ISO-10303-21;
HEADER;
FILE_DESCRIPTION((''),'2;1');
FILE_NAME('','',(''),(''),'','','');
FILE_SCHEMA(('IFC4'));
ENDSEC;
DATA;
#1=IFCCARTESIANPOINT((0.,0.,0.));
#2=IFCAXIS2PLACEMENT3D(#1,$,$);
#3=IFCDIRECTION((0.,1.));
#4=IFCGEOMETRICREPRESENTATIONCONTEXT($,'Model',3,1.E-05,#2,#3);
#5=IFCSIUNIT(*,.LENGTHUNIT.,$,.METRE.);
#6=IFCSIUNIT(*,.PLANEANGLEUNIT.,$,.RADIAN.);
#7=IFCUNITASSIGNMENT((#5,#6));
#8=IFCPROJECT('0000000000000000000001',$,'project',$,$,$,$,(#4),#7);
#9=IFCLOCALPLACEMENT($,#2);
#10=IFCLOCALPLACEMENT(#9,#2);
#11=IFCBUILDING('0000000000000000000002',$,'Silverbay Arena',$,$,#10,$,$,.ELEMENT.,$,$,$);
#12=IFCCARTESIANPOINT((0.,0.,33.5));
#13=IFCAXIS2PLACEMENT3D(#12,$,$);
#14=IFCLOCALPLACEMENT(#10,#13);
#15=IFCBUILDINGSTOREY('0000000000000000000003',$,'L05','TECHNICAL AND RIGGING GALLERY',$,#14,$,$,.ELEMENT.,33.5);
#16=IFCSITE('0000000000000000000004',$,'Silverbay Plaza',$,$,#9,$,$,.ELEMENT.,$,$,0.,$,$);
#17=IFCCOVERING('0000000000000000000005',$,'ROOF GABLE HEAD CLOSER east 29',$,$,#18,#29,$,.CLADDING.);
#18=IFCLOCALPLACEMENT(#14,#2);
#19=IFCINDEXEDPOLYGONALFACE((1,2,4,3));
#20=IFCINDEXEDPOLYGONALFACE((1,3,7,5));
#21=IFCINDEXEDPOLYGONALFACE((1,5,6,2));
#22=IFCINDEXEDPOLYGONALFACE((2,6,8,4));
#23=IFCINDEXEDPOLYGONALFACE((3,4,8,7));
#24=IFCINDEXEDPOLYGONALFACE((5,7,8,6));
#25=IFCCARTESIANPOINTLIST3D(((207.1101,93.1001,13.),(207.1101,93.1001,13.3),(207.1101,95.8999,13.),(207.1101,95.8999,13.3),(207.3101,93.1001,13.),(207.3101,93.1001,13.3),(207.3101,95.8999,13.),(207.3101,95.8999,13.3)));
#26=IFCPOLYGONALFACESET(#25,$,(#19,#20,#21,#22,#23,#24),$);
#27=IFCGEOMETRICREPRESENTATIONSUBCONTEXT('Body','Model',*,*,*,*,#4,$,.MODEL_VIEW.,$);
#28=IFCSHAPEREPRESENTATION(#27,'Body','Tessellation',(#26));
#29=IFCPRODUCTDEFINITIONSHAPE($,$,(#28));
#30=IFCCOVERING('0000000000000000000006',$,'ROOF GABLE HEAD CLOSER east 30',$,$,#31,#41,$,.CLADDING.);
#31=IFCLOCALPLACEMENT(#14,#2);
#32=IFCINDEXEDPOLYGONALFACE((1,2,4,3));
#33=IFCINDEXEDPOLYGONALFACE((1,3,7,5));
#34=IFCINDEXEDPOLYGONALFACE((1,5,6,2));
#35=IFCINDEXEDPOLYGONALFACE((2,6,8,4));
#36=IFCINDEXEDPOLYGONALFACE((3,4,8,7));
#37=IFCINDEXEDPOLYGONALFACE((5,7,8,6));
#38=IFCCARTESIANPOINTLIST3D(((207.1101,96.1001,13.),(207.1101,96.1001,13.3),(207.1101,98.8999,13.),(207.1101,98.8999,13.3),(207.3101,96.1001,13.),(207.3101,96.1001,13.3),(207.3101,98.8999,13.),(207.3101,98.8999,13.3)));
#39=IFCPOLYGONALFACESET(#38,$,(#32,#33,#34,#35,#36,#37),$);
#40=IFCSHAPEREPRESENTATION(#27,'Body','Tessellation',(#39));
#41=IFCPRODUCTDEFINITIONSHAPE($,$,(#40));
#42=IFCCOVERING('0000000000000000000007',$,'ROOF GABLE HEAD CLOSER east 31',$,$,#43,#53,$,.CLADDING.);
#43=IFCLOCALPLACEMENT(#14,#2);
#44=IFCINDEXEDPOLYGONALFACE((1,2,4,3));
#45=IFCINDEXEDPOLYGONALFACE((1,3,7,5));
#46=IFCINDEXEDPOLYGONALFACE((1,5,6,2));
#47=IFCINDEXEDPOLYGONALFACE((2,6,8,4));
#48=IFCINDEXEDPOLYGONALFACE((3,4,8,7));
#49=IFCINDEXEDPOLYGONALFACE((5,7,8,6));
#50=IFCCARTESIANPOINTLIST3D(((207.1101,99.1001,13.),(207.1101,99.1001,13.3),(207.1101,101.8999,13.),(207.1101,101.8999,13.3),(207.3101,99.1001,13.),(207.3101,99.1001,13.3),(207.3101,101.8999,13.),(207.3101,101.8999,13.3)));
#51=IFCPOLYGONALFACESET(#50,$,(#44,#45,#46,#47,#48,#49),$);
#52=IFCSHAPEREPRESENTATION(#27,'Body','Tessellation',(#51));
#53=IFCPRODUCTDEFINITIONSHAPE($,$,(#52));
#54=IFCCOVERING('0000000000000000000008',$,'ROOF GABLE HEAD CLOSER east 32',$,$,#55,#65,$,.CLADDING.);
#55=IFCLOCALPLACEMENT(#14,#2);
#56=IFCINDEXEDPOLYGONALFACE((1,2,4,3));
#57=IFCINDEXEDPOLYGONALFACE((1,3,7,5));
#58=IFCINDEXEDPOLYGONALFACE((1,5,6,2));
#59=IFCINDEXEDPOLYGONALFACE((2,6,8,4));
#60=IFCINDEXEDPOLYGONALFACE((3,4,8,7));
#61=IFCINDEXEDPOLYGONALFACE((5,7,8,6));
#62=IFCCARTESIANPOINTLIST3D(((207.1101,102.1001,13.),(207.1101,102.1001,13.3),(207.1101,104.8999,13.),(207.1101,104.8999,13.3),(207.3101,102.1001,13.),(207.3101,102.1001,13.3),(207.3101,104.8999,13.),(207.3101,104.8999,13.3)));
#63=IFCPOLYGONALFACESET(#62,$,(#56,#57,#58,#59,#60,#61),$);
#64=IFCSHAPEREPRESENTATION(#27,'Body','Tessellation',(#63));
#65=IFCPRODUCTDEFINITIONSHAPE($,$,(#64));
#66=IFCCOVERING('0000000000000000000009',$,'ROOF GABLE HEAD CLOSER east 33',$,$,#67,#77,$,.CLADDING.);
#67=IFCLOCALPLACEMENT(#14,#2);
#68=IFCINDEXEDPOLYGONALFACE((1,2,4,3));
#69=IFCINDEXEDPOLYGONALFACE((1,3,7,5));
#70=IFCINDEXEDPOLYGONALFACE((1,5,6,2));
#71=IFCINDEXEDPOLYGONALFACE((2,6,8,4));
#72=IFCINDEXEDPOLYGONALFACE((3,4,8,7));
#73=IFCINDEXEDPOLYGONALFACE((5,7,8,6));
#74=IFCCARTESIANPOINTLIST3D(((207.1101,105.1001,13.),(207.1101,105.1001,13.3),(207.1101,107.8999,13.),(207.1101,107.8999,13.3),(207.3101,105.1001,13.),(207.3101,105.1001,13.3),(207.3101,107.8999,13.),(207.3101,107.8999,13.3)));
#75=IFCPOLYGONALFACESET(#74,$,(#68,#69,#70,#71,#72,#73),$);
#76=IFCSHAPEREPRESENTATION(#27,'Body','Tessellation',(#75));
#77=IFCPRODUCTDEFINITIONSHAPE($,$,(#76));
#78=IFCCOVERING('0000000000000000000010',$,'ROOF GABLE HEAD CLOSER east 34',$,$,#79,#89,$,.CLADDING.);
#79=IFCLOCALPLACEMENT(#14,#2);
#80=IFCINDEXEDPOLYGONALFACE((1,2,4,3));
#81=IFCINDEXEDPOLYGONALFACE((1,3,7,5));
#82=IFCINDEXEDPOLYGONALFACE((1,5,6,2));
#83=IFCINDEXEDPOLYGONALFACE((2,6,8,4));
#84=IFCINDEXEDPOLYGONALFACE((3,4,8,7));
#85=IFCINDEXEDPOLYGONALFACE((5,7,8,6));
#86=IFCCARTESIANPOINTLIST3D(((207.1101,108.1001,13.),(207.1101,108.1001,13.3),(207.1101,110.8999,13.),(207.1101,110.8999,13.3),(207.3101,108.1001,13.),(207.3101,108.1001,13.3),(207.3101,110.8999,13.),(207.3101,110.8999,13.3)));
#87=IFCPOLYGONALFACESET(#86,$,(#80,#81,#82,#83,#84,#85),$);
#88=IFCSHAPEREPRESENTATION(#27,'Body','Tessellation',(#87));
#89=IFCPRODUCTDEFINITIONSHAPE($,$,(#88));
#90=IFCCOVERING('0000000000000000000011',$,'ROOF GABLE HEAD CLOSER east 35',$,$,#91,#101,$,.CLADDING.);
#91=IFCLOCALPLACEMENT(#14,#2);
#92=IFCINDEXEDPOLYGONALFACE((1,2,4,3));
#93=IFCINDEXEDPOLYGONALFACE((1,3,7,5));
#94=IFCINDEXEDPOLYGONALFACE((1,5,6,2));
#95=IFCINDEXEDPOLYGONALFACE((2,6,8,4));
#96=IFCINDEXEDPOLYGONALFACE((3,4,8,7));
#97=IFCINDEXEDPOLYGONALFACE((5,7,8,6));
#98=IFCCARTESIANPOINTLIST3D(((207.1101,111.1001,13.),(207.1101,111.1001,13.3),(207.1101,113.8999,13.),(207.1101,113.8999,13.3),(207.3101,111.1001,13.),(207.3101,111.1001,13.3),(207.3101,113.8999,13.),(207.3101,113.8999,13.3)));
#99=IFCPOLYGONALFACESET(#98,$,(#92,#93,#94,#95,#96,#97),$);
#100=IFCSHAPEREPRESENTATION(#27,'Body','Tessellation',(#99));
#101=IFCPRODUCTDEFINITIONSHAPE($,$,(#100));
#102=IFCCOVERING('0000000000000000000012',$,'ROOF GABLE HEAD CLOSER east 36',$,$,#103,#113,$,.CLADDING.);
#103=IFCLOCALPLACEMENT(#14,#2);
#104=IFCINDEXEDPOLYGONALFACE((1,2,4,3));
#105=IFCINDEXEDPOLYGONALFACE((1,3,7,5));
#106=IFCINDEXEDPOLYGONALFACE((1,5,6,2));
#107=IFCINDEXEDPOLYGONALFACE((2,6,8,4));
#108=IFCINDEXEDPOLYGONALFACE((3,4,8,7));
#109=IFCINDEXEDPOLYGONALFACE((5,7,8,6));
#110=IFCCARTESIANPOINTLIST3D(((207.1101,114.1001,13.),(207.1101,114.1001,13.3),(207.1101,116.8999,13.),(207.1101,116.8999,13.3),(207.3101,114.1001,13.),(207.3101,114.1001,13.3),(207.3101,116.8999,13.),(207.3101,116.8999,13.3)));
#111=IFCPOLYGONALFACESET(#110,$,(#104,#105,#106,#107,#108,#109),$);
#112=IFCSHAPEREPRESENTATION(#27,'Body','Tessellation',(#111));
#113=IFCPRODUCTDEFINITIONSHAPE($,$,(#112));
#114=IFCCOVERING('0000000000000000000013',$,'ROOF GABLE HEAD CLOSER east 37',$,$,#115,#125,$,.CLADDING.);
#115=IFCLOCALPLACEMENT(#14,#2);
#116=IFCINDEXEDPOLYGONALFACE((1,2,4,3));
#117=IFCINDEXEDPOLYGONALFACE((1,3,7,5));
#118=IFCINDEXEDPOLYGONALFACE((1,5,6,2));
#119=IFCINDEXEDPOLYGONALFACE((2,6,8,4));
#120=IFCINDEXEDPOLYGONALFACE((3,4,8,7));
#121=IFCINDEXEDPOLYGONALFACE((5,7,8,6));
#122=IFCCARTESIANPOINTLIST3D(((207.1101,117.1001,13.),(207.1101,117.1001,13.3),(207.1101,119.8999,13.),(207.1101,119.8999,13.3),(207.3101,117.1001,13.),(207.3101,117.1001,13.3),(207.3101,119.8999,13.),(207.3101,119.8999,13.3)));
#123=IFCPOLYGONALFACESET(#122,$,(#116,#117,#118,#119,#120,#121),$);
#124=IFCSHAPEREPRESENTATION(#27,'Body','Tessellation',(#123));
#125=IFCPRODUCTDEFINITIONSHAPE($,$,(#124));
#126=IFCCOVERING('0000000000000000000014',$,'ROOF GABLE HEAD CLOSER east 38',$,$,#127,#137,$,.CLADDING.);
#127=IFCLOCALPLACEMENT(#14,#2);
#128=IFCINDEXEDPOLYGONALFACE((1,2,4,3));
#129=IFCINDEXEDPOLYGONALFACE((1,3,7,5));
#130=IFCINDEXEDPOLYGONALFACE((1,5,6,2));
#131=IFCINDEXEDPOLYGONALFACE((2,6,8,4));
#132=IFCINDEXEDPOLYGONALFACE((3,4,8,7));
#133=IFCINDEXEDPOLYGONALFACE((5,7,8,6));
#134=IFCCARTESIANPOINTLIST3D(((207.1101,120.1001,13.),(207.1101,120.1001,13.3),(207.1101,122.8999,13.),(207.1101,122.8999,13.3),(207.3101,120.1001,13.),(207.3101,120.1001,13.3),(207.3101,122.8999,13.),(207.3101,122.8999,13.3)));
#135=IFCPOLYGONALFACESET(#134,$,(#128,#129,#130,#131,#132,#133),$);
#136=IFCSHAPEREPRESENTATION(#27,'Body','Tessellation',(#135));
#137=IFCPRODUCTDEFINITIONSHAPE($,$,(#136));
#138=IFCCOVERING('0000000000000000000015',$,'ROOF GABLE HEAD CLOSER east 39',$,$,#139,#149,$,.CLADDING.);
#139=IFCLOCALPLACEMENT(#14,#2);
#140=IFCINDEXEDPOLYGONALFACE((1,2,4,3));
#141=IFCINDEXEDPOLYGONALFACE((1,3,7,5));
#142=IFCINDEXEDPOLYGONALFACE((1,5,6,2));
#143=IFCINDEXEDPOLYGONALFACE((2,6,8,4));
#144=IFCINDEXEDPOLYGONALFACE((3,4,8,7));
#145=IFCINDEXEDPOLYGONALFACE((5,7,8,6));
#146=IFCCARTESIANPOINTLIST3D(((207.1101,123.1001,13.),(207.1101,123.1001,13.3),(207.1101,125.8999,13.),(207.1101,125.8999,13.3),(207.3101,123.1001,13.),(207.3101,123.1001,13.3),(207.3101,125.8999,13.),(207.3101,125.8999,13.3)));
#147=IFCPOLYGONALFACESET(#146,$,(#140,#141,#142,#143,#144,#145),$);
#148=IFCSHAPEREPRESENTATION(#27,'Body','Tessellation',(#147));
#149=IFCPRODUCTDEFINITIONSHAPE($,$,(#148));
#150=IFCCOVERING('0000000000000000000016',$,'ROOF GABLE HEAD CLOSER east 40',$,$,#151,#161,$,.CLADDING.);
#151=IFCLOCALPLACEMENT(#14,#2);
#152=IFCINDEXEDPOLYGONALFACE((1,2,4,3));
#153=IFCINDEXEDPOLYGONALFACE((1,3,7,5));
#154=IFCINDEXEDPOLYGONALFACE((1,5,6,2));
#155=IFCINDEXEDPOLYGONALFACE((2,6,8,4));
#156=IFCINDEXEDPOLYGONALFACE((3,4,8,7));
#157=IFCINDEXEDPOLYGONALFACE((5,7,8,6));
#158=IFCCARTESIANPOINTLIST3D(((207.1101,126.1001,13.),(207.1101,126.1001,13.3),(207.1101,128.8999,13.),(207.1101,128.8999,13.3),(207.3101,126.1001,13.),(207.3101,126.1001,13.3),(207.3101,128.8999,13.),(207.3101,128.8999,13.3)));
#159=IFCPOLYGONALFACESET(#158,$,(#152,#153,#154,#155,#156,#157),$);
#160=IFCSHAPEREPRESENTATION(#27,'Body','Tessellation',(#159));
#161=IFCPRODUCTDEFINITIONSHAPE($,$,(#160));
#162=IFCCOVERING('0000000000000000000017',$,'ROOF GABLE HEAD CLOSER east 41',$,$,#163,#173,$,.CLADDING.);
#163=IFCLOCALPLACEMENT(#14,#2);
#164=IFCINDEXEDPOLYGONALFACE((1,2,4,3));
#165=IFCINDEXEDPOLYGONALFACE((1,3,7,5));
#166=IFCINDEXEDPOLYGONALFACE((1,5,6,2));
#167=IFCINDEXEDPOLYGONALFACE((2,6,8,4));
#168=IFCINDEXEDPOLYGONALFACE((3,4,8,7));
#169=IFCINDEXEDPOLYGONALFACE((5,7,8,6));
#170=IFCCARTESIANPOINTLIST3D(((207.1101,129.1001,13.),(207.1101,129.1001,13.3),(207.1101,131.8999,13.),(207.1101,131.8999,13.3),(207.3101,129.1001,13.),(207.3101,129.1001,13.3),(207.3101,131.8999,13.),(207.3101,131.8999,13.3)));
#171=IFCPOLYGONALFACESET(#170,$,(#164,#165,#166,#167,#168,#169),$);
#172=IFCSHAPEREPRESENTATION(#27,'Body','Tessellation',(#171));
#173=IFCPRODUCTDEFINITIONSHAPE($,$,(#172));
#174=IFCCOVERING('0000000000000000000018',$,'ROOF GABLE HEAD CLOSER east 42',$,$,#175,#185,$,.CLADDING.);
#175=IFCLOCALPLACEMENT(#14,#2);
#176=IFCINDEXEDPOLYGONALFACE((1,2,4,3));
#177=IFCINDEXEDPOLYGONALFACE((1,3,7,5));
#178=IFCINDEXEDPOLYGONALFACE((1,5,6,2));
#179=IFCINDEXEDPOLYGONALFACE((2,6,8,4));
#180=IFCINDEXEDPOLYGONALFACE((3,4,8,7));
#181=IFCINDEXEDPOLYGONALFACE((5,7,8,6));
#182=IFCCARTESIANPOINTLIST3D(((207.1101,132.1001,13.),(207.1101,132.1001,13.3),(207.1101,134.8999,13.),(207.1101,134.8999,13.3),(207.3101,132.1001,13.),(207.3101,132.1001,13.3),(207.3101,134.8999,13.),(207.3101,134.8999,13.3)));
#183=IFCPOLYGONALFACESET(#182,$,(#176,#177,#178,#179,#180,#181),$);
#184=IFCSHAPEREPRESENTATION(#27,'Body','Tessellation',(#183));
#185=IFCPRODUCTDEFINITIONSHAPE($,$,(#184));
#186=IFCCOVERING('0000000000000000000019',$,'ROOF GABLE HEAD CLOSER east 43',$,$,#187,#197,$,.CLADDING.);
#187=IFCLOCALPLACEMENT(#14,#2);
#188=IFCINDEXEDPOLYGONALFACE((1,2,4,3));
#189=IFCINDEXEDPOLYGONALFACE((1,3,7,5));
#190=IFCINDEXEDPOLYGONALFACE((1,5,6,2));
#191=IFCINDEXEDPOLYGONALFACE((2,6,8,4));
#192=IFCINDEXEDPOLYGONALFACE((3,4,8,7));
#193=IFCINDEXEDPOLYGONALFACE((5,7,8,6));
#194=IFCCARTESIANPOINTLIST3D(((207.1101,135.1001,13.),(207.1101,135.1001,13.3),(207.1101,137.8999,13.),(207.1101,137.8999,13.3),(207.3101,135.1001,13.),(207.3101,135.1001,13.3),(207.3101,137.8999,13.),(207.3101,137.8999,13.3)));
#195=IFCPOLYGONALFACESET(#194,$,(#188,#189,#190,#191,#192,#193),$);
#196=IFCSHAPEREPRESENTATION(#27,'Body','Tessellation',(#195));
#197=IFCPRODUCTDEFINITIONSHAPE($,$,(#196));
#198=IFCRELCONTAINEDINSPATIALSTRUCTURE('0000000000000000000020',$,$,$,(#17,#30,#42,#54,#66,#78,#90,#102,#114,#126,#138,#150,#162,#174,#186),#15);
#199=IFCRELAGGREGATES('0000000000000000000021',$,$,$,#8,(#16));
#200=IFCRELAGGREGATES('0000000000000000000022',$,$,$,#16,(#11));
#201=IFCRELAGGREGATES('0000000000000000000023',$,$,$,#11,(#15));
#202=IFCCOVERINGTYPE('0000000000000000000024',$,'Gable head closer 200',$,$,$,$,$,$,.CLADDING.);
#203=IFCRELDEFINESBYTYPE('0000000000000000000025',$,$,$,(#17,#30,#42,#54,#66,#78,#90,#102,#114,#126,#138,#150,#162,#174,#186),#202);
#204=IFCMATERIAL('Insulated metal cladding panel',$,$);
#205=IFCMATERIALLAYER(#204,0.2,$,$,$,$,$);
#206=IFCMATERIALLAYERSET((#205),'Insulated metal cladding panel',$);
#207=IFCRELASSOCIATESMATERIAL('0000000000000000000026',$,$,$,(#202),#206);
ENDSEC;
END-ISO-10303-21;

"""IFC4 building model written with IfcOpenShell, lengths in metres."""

from ifc_helpers import new_model, si_unit, direction, frame, origin, place, context, subcontext, project, spatial, polyline, outline, extrude, material, layer, layer_set, type_object, element, save


model = new_model("IFC4")

# Units and contexts
model_context = context("Model", 3, precision=1e-05, world=origin(), true_north=direction((0.0, 1.0)))
body_context = subcontext(model_context, "Body", "Model", "MODEL_VIEW")
ifc_project = project(units=[si_unit("LENGTHUNIT", "METRE"), si_unit("PLANEANGLEUNIT", "RADIAN")], contexts=[model_context])

# Site, building, storey
site_placement = place(None, origin())
site = spatial("IfcSite", under=ifc_project, at=site_placement, Name="Silverbay Plaza", CompositionType="ELEMENT", RefElevation=0.0)
building_placement = place(site_placement, origin())
building = spatial("IfcBuilding", under=site, at=building_placement, Name="Silverbay Arena", CompositionType="ELEMENT")
storey_placement = place(building_placement, frame((0.0, 0.0, 33.5)))
storey = spatial("IfcBuildingStorey", under=building, at=storey_placement, Name="L05", Description="TECHNICAL AND RIGGING GALLERY", CompositionType="ELEMENT", Elevation=33.5)

# Coverings
ifc_material_1 = material(Name="Insulated metal cladding panel")
ifc_layer_1 = layer(ifc_material_1, 0.2)
ifc_layer_set_1 = layer_set([ifc_layer_1], Name="Insulated metal cladding panel")
covering_type = type_object("IfcCoveringType", Name="Gable head closer 200", PredefinedType="CLADDING", material=ifc_layer_set_1)
covering_1_placement = place(storey_placement, frame((0.0, 0.0, 13.0)))
element("IfcCovering", 1, at=covering_1_placement, inside=storey, type_object=covering_type, Name="ROOF GABLE HEAD CLOSER east 29", PredefinedType="CLADDING", context=body_context, shape_type="SweptSolid", body=[
    extrude(outline(polyline([(207.1101, 93.1001), (207.3101, 93.1001), (207.3101, 95.8999), (207.1101, 95.8999), (207.1101, 93.1001)])), origin(), (0.0, 0.0, 1.0), 0.3),
])
covering_2_placement = place(storey_placement, frame((0.0, 0.0, 13.0)))
element("IfcCovering", 2, at=covering_2_placement, inside=storey, type_object=covering_type, Name="ROOF GABLE HEAD CLOSER east 30", PredefinedType="CLADDING", context=body_context, shape_type="SweptSolid", body=[
    extrude(outline(polyline([(207.1101, 96.1001), (207.3101, 96.1001), (207.3101, 98.8999), (207.1101, 98.8999), (207.1101, 96.1001)])), origin(), (0.0, 0.0, 1.0), 0.3),
])
covering_3_placement = place(storey_placement, frame((0.0, 0.0, 13.0)))
element("IfcCovering", 3, at=covering_3_placement, inside=storey, type_object=covering_type, Name="ROOF GABLE HEAD CLOSER east 31", PredefinedType="CLADDING", context=body_context, shape_type="SweptSolid", body=[
    extrude(outline(polyline([(207.1101, 99.1001), (207.3101, 99.1001), (207.3101, 101.8999), (207.1101, 101.8999), (207.1101, 99.1001)])), origin(), (0.0, 0.0, 1.0), 0.3),
])
covering_4_placement = place(storey_placement, frame((0.0, 0.0, 13.0)))
element("IfcCovering", 4, at=covering_4_placement, inside=storey, type_object=covering_type, Name="ROOF GABLE HEAD CLOSER east 32", PredefinedType="CLADDING", context=body_context, shape_type="SweptSolid", body=[
    extrude(outline(polyline([(207.1101, 102.1001), (207.3101, 102.1001), (207.3101, 104.8999), (207.1101, 104.8999), (207.1101, 102.1001)])), origin(), (0.0, 0.0, 1.0), 0.3),
])
covering_5_placement = place(storey_placement, frame((0.0, 0.0, 13.0)))
element("IfcCovering", 5, at=covering_5_placement, inside=storey, type_object=covering_type, Name="ROOF GABLE HEAD CLOSER east 33", PredefinedType="CLADDING", context=body_context, shape_type="SweptSolid", body=[
    extrude(outline(polyline([(207.1101, 105.1001), (207.3101, 105.1001), (207.3101, 107.8999), (207.1101, 107.8999), (207.1101, 105.1001)])), origin(), (0.0, 0.0, 1.0), 0.3),
])
covering_6_placement = place(storey_placement, frame((0.0, 0.0, 13.0)))
element("IfcCovering", 6, at=covering_6_placement, inside=storey, type_object=covering_type, Name="ROOF GABLE HEAD CLOSER east 34", PredefinedType="CLADDING", context=body_context, shape_type="SweptSolid", body=[
    extrude(outline(polyline([(207.1101, 108.1001), (207.3101, 108.1001), (207.3101, 110.8999), (207.1101, 110.8999), (207.1101, 108.1001)])), origin(), (0.0, 0.0, 1.0), 0.3),
])
covering_7_placement = place(storey_placement, frame((0.0, 0.0, 13.0)))
element("IfcCovering", 7, at=covering_7_placement, inside=storey, type_object=covering_type, Name="ROOF GABLE HEAD CLOSER east 35", PredefinedType="CLADDING", context=body_context, shape_type="SweptSolid", body=[
    extrude(outline(polyline([(207.1101, 111.1001), (207.3101, 111.1001), (207.3101, 113.8999), (207.1101, 113.8999), (207.1101, 111.1001)])), origin(), (0.0, 0.0, 1.0), 0.3),
])
covering_8_placement = place(storey_placement, frame((0.0, 0.0, 13.0)))
element("IfcCovering", 8, at=covering_8_placement, inside=storey, type_object=covering_type, Name="ROOF GABLE HEAD CLOSER east 36", PredefinedType="CLADDING", context=body_context, shape_type="SweptSolid", body=[
    extrude(outline(polyline([(207.1101, 114.1001), (207.3101, 114.1001), (207.3101, 116.8999), (207.1101, 116.8999), (207.1101, 114.1001)])), origin(), (0.0, 0.0, 1.0), 0.3),
])
covering_9_placement = place(storey_placement, frame((0.0, 0.0, 13.0)))
element("IfcCovering", 9, at=covering_9_placement, inside=storey, type_object=covering_type, Name="ROOF GABLE HEAD CLOSER east 37", PredefinedType="CLADDING", context=body_context, shape_type="SweptSolid", body=[
    extrude(outline(polyline([(207.1101, 117.1001), (207.3101, 117.1001), (207.3101, 119.8999), (207.1101, 119.8999), (207.1101, 117.1001)])), origin(), (0.0, 0.0, 1.0), 0.3),
])
covering_10_placement = place(storey_placement, frame((0.0, 0.0, 13.0)))
element("IfcCovering", 10, at=covering_10_placement, inside=storey, type_object=covering_type, Name="ROOF GABLE HEAD CLOSER east 38", PredefinedType="CLADDING", context=body_context, shape_type="SweptSolid", body=[
    extrude(outline(polyline([(207.1101, 120.1001), (207.3101, 120.1001), (207.3101, 122.8999), (207.1101, 122.8999), (207.1101, 120.1001)])), origin(), (0.0, 0.0, 1.0), 0.3),
])
covering_11_placement = place(storey_placement, frame((0.0, 0.0, 13.0)))
element("IfcCovering", 11, at=covering_11_placement, inside=storey, type_object=covering_type, Name="ROOF GABLE HEAD CLOSER east 39", PredefinedType="CLADDING", context=body_context, shape_type="SweptSolid", body=[
    extrude(outline(polyline([(207.1101, 123.1001), (207.3101, 123.1001), (207.3101, 125.8999), (207.1101, 125.8999), (207.1101, 123.1001)])), origin(), (0.0, 0.0, 1.0), 0.3),
])
covering_12_placement = place(storey_placement, frame((0.0, 0.0, 13.0)))
element("IfcCovering", 12, at=covering_12_placement, inside=storey, type_object=covering_type, Name="ROOF GABLE HEAD CLOSER east 40", PredefinedType="CLADDING", context=body_context, shape_type="SweptSolid", body=[
    extrude(outline(polyline([(207.1101, 126.1001), (207.3101, 126.1001), (207.3101, 128.8999), (207.1101, 128.8999), (207.1101, 126.1001)])), origin(), (0.0, 0.0, 1.0), 0.3),
])
covering_13_placement = place(storey_placement, frame((0.0, 0.0, 13.0)))
element("IfcCovering", 13, at=covering_13_placement, inside=storey, type_object=covering_type, Name="ROOF GABLE HEAD CLOSER east 41", PredefinedType="CLADDING", context=body_context, shape_type="SweptSolid", body=[
    extrude(outline(polyline([(207.1101, 129.1001), (207.3101, 129.1001), (207.3101, 131.8999), (207.1101, 131.8999), (207.1101, 129.1001)])), origin(), (0.0, 0.0, 1.0), 0.3),
])
covering_14_placement = place(storey_placement, frame((0.0, 0.0, 13.0)))
element("IfcCovering", 14, at=covering_14_placement, inside=storey, type_object=covering_type, Name="ROOF GABLE HEAD CLOSER east 42", PredefinedType="CLADDING", context=body_context, shape_type="SweptSolid", body=[
    extrude(outline(polyline([(207.1101, 132.1001), (207.3101, 132.1001), (207.3101, 134.8999), (207.1101, 134.8999), (207.1101, 132.1001)])), origin(), (0.0, 0.0, 1.0), 0.3),
])
covering_15_placement = place(storey_placement, frame((0.0, 0.0, 13.0)))
element("IfcCovering", 15, at=covering_15_placement, inside=storey, type_object=covering_type, Name="ROOF GABLE HEAD CLOSER east 43", PredefinedType="CLADDING", context=body_context, shape_type="SweptSolid", body=[
    extrude(outline(polyline([(207.1101, 135.1001), (207.3101, 135.1001), (207.3101, 137.8999), (207.1101, 137.8999), (207.1101, 135.1001)])), origin(), (0.0, 0.0, 1.0), 0.3),
])

save(model, "model.ifc")
